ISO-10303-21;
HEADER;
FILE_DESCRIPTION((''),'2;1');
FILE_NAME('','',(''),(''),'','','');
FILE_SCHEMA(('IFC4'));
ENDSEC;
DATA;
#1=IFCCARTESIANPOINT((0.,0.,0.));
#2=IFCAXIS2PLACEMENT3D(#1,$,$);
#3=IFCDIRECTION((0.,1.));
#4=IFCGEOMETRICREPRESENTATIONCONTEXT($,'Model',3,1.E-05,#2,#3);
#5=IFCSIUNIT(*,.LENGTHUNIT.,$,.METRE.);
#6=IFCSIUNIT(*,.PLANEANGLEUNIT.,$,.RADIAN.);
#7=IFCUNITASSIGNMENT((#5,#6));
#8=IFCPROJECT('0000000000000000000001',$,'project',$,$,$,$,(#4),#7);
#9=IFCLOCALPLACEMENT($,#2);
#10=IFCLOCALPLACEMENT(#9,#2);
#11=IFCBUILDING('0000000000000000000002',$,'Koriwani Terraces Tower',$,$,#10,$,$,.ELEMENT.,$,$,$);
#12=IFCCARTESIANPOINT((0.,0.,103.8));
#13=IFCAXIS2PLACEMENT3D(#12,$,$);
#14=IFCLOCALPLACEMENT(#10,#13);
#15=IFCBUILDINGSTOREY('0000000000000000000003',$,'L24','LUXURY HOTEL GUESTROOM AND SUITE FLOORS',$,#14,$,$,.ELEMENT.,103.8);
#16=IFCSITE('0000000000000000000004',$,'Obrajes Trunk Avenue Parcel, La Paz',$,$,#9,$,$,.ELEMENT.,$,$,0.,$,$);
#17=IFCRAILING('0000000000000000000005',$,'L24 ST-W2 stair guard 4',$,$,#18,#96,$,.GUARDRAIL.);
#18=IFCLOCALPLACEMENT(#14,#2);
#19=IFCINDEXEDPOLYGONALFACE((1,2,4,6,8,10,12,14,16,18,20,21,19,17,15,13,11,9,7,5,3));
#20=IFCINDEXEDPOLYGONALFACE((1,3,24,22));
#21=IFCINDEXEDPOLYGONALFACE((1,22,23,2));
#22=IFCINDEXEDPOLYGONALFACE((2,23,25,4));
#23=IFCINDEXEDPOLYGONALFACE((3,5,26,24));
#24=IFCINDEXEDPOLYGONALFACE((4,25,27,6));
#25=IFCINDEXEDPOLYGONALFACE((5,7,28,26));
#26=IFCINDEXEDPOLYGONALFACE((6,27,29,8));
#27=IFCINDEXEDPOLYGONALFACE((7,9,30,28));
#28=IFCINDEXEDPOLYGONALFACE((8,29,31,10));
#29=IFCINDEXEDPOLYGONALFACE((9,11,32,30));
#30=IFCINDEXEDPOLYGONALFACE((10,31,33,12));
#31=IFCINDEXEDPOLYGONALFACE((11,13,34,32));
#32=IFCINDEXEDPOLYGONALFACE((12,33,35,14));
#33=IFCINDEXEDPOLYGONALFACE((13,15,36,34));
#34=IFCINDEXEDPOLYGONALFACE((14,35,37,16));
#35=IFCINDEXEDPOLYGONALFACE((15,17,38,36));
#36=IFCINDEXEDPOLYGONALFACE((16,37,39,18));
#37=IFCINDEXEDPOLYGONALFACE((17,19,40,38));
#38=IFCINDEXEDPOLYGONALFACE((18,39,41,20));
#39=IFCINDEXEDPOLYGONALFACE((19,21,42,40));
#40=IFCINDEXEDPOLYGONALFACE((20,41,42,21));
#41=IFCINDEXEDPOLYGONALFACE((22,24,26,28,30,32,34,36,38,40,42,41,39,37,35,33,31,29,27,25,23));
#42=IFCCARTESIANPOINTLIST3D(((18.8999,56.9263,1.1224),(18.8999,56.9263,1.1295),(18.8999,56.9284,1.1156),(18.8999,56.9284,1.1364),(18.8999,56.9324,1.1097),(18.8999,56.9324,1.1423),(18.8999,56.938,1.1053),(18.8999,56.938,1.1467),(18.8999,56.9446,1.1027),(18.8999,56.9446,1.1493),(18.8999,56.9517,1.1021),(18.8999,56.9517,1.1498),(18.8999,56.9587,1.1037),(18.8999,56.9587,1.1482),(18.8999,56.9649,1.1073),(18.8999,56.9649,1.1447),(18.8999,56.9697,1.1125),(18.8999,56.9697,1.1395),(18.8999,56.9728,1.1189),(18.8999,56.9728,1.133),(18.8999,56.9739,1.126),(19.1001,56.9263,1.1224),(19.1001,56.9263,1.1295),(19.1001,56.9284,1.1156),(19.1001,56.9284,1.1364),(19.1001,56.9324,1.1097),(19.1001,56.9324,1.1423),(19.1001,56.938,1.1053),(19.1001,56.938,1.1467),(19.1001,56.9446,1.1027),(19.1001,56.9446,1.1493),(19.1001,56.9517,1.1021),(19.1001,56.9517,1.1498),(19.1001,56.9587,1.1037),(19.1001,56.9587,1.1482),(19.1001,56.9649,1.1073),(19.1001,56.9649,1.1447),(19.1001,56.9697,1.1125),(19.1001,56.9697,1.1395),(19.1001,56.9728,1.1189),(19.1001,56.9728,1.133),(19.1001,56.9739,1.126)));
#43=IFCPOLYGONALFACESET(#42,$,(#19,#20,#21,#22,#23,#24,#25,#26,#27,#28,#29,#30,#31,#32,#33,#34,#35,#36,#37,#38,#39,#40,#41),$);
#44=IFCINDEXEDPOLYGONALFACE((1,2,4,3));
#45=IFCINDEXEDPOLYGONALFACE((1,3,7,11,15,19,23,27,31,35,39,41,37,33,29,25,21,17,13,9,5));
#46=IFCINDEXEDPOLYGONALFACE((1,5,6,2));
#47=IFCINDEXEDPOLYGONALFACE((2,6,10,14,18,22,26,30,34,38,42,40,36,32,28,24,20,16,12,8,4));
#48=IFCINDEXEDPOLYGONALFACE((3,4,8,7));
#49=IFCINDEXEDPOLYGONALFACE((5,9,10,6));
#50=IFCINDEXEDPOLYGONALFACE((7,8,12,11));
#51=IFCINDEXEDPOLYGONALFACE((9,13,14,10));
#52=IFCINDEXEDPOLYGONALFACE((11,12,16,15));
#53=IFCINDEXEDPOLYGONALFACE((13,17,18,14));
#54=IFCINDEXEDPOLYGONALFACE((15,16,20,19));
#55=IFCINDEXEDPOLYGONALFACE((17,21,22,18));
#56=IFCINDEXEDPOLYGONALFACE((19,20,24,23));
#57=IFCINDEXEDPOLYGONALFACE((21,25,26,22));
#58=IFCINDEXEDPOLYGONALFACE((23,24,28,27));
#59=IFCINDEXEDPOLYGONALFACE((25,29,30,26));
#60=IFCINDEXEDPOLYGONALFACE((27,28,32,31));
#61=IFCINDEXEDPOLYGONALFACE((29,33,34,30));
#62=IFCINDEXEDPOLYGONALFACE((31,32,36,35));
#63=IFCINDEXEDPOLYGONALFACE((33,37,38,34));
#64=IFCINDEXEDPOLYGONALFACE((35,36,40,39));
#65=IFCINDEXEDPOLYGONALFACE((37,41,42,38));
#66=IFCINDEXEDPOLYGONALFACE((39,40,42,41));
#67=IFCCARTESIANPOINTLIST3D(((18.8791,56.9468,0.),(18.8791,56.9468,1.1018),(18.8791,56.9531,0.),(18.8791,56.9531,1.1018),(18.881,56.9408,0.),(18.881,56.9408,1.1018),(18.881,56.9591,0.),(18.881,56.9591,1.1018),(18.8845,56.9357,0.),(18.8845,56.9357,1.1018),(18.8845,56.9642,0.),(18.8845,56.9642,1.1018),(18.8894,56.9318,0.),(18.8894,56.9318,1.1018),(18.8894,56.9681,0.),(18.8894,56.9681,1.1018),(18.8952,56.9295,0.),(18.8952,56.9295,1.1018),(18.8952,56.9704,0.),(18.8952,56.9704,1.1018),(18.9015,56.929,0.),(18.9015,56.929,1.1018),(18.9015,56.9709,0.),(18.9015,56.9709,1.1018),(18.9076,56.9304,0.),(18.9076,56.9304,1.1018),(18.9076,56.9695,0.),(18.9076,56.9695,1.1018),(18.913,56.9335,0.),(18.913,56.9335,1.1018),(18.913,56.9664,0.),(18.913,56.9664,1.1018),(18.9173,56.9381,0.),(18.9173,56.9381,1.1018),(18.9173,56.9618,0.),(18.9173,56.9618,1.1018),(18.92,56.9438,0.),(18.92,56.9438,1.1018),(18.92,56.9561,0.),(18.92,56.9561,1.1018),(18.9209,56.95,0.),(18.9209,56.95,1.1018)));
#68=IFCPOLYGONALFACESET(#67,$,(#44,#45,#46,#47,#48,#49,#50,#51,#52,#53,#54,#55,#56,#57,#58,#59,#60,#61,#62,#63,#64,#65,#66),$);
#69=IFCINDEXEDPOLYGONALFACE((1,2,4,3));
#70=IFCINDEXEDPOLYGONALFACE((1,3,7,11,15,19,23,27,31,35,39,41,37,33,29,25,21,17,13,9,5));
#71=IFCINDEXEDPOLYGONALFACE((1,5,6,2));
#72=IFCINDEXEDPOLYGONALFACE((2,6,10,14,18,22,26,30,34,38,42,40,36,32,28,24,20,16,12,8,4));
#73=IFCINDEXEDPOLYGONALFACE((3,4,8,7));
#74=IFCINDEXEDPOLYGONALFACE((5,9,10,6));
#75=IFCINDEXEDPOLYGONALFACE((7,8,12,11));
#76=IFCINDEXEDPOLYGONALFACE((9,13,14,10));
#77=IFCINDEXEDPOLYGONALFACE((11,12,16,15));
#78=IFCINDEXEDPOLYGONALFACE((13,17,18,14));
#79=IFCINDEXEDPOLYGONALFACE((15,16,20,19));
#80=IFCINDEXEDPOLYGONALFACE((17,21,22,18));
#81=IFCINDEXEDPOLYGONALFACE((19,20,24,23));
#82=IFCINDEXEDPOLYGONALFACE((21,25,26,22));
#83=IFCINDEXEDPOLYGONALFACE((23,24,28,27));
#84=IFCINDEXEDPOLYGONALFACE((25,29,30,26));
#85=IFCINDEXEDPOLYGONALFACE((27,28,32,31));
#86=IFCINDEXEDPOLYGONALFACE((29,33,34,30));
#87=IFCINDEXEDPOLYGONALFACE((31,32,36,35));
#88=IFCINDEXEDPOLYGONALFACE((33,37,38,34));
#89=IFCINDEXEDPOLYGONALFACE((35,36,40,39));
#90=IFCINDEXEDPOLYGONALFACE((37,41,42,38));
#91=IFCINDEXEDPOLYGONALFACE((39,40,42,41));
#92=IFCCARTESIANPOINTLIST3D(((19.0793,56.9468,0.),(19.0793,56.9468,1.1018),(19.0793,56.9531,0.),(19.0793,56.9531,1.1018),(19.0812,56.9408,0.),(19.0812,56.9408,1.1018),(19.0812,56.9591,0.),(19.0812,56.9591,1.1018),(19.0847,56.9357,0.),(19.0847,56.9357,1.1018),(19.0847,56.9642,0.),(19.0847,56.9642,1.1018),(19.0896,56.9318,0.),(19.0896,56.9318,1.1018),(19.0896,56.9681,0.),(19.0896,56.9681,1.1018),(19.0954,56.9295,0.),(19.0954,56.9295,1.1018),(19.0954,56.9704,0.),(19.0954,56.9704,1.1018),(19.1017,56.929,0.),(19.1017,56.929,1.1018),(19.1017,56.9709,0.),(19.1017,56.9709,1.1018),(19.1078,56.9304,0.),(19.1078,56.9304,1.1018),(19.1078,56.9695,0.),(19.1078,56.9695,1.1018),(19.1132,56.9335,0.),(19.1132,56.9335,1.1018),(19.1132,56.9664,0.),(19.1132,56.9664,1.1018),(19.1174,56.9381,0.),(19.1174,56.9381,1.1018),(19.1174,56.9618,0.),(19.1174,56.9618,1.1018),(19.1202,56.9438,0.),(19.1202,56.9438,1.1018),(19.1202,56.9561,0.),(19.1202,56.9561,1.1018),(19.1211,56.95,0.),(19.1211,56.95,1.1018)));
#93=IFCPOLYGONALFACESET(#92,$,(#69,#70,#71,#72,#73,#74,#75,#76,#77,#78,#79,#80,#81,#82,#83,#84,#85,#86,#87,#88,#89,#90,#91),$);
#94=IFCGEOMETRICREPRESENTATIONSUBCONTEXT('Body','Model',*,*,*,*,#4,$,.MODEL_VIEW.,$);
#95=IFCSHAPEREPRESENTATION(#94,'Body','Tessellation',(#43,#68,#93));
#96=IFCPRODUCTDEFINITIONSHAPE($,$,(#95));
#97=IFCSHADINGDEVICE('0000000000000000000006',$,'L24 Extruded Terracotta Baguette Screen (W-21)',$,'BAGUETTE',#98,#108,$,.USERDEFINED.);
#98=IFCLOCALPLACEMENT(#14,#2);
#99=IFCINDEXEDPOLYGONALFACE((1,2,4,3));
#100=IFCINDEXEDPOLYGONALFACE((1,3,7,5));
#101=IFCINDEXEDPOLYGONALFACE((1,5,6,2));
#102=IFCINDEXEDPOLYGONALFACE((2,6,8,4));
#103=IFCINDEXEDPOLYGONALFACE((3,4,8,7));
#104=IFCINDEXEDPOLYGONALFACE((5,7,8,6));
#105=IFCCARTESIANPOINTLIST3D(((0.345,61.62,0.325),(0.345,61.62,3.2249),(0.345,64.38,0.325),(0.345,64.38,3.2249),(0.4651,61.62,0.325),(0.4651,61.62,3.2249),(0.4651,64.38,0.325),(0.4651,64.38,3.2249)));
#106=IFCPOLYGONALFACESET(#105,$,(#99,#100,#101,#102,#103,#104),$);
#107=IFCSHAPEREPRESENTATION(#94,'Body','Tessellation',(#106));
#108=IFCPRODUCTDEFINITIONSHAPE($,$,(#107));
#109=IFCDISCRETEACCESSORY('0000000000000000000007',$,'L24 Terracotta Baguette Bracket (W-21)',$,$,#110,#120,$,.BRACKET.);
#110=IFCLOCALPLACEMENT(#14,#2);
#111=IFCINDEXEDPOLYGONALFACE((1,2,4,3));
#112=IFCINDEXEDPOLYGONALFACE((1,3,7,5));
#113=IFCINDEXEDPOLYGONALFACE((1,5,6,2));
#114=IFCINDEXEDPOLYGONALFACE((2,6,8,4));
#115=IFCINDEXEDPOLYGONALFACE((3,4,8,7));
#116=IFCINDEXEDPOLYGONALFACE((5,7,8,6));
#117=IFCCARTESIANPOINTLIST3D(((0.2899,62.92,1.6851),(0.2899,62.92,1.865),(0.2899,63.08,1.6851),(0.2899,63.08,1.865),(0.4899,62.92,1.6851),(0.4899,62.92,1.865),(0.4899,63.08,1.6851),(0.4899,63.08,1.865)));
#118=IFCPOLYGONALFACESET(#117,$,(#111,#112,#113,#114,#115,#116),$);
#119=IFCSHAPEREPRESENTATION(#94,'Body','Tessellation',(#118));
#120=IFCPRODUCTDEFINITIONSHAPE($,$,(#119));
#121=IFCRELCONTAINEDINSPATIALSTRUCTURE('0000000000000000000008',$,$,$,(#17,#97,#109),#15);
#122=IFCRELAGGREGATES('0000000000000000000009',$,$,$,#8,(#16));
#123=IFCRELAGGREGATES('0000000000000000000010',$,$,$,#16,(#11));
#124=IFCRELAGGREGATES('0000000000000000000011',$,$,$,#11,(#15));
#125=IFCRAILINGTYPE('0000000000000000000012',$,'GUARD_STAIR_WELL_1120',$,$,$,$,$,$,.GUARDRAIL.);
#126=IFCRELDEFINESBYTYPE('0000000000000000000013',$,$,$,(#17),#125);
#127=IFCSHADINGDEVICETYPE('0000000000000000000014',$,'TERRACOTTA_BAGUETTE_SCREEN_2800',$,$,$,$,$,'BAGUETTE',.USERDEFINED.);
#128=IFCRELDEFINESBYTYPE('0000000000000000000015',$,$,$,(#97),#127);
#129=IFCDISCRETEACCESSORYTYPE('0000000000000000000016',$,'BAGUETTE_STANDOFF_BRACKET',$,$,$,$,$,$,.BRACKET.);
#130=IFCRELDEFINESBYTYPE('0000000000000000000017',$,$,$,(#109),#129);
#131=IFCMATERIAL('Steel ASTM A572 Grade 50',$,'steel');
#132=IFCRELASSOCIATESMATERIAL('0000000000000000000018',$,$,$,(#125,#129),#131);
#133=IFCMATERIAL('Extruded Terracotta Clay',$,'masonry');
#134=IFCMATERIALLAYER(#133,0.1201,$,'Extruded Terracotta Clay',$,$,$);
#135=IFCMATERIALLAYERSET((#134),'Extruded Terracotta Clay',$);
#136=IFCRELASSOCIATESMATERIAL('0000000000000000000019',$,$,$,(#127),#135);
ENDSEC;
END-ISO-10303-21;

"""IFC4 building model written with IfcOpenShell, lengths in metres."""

from ifc_helpers import new_model, si_unit, direction, frame, origin, origin_2d, place, context, subcontext, project, spatial, rectangle, circle, extrude, material, layer, layer_set, type_object, element, save


model = new_model("IFC4")

# Units and contexts
model_context = context("Model", 3, precision=1e-05, world=origin(), true_north=direction((0.0, 1.0)))
body_context = subcontext(model_context, "Body", "Model", "MODEL_VIEW")
ifc_project = project(units=[si_unit("LENGTHUNIT", "METRE"), si_unit("PLANEANGLEUNIT", "RADIAN")], contexts=[model_context])

# Site, building, storey
site_placement = place(None, origin())
site = spatial("IfcSite", under=ifc_project, at=site_placement, Name="Obrajes Trunk Avenue Parcel, La Paz", CompositionType="ELEMENT", RefElevation=0.0)
building_placement = place(site_placement, origin())
building = spatial("IfcBuilding", under=site, at=building_placement, Name="Koriwani Terraces Tower", CompositionType="ELEMENT")
storey_placement = place(building_placement, frame((0.0, 0.0, 103.8)))
storey = spatial("IfcBuildingStorey", under=building, at=storey_placement, Name="L24", Description="LUXURY HOTEL GUESTROOM AND SUITE FLOORS", CompositionType="ELEMENT", Elevation=103.8)

# Shared definitions
ifc_material_1 = material(Name="Steel ASTM A572 Grade 50", Category="steel")

# Railing
railing_type = type_object("IfcRailingType", Name="GUARD_STAIR_WELL_1120", PredefinedType="GUARDRAIL", material=ifc_material_1)
railing_1_placement = place(storey_placement, frame((18.8999, 56.95, 0.0)))
element("IfcRailing", 1, at=railing_1_placement, inside=storey, type_object=railing_type, Name="L24 ST-W2 stair guard 4", PredefinedType="GUARDRAIL", context=body_context, shape_type="SweptSolid", body=[
    extrude(circle(Radius=0.0239, at=origin_2d()), frame((0.0, 0.0, 1.126), z_axis=(1.0, 0.0, 0.0), x_axis=(0.0, 1.0, 0.0)), (0.0, 0.0, 1.0), 0.2002),
    extrude(circle(Radius=0.021, at=origin_2d()), origin(), (0.0, 0.0, 1.0), 1.1018),
    extrude(circle(Radius=0.021, at=origin_2d()), frame((0.2002, 0.0, 0.0)), (0.0, 0.0, 1.0), 1.1018),
])

# Shading device
ifc_material_2 = material(Name="Extruded Terracotta Clay", Category="masonry")
ifc_layer_1 = layer(ifc_material_2, 0.1201, Name="Extruded Terracotta Clay")
ifc_layer_set_1 = layer_set([ifc_layer_1], Name="Extruded Terracotta Clay")
shading_device_type = type_object("IfcShadingDeviceType", Name="TERRACOTTA_BAGUETTE_SCREEN_2800", ElementType="BAGUETTE", PredefinedType="USERDEFINED", material=ifc_layer_set_1)
shading_device_placement = place(storey_placement, frame((0.405, 63.0, 0.325), z_axis=(0.0, 0.0, 1.0), x_axis=(0.0, 1.0, 0.0)))
element("IfcShadingDevice", 2, at=shading_device_placement, inside=storey, type_object=shading_device_type, Name="L24 Extruded Terracotta Baguette Screen (W-21)", ObjectType="BAGUETTE", PredefinedType="USERDEFINED", context=body_context, shape_type="SweptSolid", body=[
    extrude(rectangle(XDim=2.76, YDim=0.1201, at=origin_2d()), origin(), (0.0, 0.0, 1.0), 2.8999),
])

# Discrete accessory
discrete_accessory_type = type_object("IfcDiscreteAccessoryType", Name="BAGUETTE_STANDOFF_BRACKET", PredefinedType="BRACKET", material=ifc_material_1)
discrete_accessory_placement = place(storey_placement, frame((0.3899, 63.0, 1.6851), z_axis=(0.0, 0.0, 1.0), x_axis=(0.0, 1.0, 0.0)))
element("IfcDiscreteAccessory", 3, at=discrete_accessory_placement, inside=storey, type_object=discrete_accessory_type, Name="L24 Terracotta Baguette Bracket (W-21)", PredefinedType="BRACKET", context=body_context, shape_type="SweptSolid", body=[
    extrude(rectangle(XDim=0.1599, YDim=0.2, at=origin_2d()), origin(), (0.0, 0.0, 1.0), 0.1799),
])

save(model, "model.ifc")
